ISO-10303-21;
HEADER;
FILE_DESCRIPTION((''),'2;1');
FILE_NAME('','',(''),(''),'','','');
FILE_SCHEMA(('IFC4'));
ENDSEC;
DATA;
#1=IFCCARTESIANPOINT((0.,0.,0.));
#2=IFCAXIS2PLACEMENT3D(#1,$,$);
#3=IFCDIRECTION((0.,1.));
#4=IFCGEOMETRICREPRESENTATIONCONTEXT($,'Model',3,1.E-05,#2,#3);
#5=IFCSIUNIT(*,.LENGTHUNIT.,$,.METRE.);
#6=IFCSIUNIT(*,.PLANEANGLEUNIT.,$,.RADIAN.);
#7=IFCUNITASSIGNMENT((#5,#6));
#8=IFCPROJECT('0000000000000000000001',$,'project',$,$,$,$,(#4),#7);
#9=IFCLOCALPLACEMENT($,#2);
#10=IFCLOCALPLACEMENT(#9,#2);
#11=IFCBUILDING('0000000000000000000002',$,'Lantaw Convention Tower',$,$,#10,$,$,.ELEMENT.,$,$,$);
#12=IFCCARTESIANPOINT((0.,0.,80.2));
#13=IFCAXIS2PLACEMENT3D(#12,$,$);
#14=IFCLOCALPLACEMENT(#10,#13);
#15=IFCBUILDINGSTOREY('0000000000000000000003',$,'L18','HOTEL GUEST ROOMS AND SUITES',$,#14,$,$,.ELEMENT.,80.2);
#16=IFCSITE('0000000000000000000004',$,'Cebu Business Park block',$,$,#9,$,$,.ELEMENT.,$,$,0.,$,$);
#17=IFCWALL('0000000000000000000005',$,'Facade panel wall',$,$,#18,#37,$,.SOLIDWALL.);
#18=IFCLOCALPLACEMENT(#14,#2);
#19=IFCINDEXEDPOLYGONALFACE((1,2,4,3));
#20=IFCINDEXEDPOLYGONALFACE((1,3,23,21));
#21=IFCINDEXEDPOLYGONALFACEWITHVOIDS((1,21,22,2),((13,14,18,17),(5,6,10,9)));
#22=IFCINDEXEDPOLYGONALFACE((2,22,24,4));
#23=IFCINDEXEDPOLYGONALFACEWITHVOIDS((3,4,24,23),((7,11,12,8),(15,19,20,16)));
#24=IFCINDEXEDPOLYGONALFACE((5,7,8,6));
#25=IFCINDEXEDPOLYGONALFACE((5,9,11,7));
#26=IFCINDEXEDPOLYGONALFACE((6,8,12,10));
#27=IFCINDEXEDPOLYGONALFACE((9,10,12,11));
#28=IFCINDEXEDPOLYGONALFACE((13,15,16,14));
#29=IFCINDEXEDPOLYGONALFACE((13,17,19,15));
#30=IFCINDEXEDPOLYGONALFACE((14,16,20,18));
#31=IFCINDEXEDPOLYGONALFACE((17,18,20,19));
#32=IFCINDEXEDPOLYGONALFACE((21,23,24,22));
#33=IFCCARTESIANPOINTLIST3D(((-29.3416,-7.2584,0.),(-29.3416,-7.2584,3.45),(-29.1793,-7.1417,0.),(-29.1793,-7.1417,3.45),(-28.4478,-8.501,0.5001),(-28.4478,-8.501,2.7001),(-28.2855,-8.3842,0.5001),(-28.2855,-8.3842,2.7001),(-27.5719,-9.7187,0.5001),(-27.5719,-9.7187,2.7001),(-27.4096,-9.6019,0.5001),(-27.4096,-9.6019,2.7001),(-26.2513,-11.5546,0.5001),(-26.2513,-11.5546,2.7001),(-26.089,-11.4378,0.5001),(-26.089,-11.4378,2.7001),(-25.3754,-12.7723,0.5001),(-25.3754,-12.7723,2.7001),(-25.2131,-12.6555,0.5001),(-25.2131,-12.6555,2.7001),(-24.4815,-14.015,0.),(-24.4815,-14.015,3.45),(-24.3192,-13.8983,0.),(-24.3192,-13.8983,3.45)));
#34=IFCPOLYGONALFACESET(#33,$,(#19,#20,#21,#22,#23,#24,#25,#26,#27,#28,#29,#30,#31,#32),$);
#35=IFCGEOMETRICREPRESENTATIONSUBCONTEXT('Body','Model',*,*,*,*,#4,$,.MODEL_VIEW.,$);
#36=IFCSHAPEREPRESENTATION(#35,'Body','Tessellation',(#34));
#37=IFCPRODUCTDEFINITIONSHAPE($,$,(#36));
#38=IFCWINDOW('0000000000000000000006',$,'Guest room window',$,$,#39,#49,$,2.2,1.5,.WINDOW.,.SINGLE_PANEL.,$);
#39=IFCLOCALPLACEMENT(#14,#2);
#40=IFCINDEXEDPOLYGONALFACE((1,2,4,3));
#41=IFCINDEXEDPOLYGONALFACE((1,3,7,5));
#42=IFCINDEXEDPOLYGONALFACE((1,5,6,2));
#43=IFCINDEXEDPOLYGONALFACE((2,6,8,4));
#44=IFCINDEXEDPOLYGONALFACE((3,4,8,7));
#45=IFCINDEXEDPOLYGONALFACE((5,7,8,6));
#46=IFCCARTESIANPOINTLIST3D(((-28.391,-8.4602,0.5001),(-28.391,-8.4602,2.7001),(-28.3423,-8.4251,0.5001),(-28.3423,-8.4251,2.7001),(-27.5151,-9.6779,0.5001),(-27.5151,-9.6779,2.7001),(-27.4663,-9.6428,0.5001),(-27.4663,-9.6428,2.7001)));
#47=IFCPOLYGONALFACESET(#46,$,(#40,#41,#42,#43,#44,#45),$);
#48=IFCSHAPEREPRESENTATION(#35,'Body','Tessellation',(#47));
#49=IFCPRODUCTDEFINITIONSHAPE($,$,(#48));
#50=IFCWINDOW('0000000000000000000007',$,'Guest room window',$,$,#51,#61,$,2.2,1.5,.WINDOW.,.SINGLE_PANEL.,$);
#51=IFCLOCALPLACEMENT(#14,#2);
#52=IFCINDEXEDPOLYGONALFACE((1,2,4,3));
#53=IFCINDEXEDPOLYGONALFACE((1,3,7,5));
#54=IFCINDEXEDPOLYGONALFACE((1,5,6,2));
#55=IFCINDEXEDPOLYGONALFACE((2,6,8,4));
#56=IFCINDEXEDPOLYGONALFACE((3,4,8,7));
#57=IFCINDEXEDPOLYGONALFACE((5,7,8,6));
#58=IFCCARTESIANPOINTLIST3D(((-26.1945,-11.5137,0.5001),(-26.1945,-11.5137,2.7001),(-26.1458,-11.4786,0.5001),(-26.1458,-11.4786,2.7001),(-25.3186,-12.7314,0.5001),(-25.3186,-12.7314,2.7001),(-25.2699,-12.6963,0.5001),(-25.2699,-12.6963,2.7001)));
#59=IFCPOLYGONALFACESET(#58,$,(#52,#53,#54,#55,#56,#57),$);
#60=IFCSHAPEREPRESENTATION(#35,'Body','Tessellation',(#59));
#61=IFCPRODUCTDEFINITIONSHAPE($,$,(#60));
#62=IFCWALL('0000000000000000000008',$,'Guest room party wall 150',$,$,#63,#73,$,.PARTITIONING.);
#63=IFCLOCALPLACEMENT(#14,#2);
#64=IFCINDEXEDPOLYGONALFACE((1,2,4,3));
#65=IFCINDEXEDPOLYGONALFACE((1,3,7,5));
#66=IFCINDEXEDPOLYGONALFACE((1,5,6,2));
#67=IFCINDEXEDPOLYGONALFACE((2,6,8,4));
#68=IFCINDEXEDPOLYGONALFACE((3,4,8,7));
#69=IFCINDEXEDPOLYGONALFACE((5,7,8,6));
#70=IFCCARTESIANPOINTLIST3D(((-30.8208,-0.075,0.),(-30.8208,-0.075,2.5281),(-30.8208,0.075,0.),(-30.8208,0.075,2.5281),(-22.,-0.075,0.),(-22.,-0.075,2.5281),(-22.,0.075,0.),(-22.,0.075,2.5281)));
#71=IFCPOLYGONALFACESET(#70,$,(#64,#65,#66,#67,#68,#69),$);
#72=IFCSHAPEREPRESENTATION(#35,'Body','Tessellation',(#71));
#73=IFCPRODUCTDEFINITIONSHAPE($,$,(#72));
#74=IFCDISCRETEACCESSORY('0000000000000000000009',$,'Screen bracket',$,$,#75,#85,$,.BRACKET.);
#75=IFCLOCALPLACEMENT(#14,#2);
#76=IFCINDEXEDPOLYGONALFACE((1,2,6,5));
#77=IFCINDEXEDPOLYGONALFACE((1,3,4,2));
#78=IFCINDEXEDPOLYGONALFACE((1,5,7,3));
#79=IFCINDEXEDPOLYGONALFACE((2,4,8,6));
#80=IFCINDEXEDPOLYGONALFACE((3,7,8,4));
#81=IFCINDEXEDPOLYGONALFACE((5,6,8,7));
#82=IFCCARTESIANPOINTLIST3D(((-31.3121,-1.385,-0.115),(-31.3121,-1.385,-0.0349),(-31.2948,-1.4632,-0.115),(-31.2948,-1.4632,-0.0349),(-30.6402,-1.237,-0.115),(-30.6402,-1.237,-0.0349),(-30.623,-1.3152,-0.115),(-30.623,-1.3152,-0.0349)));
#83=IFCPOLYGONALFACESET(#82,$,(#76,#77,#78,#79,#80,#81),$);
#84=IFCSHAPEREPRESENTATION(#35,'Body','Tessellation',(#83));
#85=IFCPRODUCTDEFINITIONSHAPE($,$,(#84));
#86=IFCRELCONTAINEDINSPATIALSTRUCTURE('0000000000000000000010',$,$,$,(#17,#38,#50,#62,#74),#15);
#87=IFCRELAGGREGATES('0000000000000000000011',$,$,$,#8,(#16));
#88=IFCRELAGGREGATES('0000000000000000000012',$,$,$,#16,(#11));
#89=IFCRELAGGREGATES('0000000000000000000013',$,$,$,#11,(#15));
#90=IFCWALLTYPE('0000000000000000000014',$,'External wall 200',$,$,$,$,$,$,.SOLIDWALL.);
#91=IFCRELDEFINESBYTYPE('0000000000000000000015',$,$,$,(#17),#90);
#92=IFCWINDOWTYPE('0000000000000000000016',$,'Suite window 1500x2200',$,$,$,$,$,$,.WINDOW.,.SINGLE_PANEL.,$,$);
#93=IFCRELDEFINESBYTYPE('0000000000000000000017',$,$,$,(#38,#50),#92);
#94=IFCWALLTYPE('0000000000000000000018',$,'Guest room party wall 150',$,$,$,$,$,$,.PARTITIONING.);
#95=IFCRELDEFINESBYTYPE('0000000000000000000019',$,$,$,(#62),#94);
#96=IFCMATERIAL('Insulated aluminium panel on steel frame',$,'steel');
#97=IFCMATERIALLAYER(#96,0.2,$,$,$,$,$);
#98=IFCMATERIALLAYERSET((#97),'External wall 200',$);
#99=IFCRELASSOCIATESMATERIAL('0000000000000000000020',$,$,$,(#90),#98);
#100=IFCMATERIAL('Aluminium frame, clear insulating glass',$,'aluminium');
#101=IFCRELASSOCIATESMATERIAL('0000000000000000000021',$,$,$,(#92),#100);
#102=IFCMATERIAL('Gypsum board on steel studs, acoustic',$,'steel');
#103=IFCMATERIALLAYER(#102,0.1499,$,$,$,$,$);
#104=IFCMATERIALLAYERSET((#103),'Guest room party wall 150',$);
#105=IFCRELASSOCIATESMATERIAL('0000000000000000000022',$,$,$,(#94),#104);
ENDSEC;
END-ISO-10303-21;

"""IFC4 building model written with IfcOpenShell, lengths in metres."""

from ifc_helpers import new_model, si_unit, direction, frame, frame_2d, origin, origin_2d, place, context, subcontext, project, spatial, rectangle, extrude, material, layer, layer_set, type_object, element, fill, save


model = new_model("IFC4")

# Units and contexts
model_context = context("Model", 3, precision=1e-05, world=origin(), true_north=direction((0.0, 1.0)))
body_context = subcontext(model_context, "Body", "Model", "MODEL_VIEW")
ifc_project = project(units=[si_unit("LENGTHUNIT", "METRE"), si_unit("PLANEANGLEUNIT", "RADIAN")], contexts=[model_context])

# Site, building, storey
site_placement = place(None, origin())
site = spatial("IfcSite", under=ifc_project, at=site_placement, Name="Cebu Business Park block", CompositionType="ELEMENT", RefElevation=0.0)
building_placement = place(site_placement, origin())
building = spatial("IfcBuilding", under=site, at=building_placement, Name="Lantaw Convention Tower", CompositionType="ELEMENT")
storey_placement = place(building_placement, frame((0.0, 0.0, 80.2)))
storey = spatial("IfcBuildingStorey", under=building, at=storey_placement, Name="L18", Description="HOTEL GUEST ROOMS AND SUITES", CompositionType="ELEMENT", Elevation=80.2)

# Wall, openings, windows
ifc_material_1 = material(Name="Insulated aluminium panel on steel frame", Category="steel")
ifc_layer_1 = layer(ifc_material_1, 0.2)
ifc_layer_set_1 = layer_set([ifc_layer_1], Name="External wall 200")
wall_type_1 = type_object("IfcWallType", Name="External wall 200", PredefinedType="SOLIDWALL", material=ifc_layer_set_1)
wall_1_placement = place(storey_placement, frame((-29.2605, -7.2, 0.0), z_axis=(0.0, 0.0, 1.0), x_axis=(0.583938, -0.811799, 0.0)))
wall_1 = element("IfcWall", 1, at=wall_1_placement, inside=storey, type_object=wall_type_1, Name="Facade panel wall", PredefinedType="SOLIDWALL", context=body_context, shape_type="SweptSolid", body=[
    extrude(rectangle(XDim=8.323, YDim=0.2, at=frame_2d((4.1616, 0.0))), origin(), (0.0, 0.0, 1.0), 3.45),
])
opening_1_placement = place(wall_1_placement, frame((1.5308, 0.0, 0.5)))
opening_1 = element("IfcOpeningElement", 2, at=opening_1_placement, cuts=wall_1, PredefinedType="OPENING", context=body_context, shape_type="SweptSolid", body=[
    extrude(rectangle(XDim=1.5, YDim=2.2, at=frame_2d((0.75, 1.1001))), frame((0.0, 0.1099, 0.0), z_axis=(0.0, -1.0, 0.0), x_axis=(1.0, 0.0, 0.0)), (0.0, 0.0, 1.0), 0.22),
])
opening_2_placement = place(wall_1_placement, frame((5.2922, 0.0, 0.5)))
opening_2 = element("IfcOpeningElement", 3, at=opening_2_placement, cuts=wall_1, PredefinedType="OPENING", context=body_context, shape_type="SweptSolid", body=[
    extrude(rectangle(XDim=1.5, YDim=2.2, at=frame_2d((0.75, 1.1001))), frame((0.0, 0.1099, 0.0), z_axis=(0.0, -1.0, 0.0), x_axis=(1.0, 0.0, 0.0)), (0.0, 0.0, 1.0), 0.22),
])
ifc_material_2 = material(Name="Aluminium frame, clear insulating glass", Category="aluminium")
window_type = type_object("IfcWindowType", Name="Suite window 1500x2200", PartitioningType="SINGLE_PANEL", PredefinedType="WINDOW", material=ifc_material_2)
window_1_placement = place(opening_1_placement, origin())
window_1 = element("IfcWindow", 4, at=window_1_placement, inside=storey, type_object=window_type, Name="Guest room window", OverallHeight=2.2, OverallWidth=1.5, PartitioningType="SINGLE_PANEL", PredefinedType="WINDOW", context=body_context, shape_type="SweptSolid", body=[
    extrude(rectangle(XDim=1.5, YDim=2.2, at=frame_2d((0.75, 1.1001))), frame((0.0, 0.03, 0.0), z_axis=(0.0, -1.0, 0.0), x_axis=(1.0, 0.0, 0.0)), (0.0, 0.0, 1.0), 0.0601),
])
fill(opening_1, window_1)
window_2_placement = place(opening_2_placement, origin())
window_2 = element("IfcWindow", 5, at=window_2_placement, inside=storey, type_object=window_type, Name="Guest room window", OverallHeight=2.2, OverallWidth=1.5, PartitioningType="SINGLE_PANEL", PredefinedType="WINDOW", context=body_context, shape_type="SweptSolid", body=[
    extrude(rectangle(XDim=1.5, YDim=2.2, at=frame_2d((0.75, 1.1001))), frame((0.0, 0.03, 0.0), z_axis=(0.0, -1.0, 0.0), x_axis=(1.0, 0.0, 0.0)), (0.0, 0.0, 1.0), 0.0601),
])
fill(opening_2, window_2)

# Wall
ifc_material_3 = material(Name="Gypsum board on steel studs, acoustic", Category="steel")
ifc_layer_2 = layer(ifc_material_3, 0.1499)
ifc_layer_set_2 = layer_set([ifc_layer_2], Name="Guest room party wall 150")
wall_type_2 = type_object("IfcWallType", Name="Guest room party wall 150", PredefinedType="PARTITIONING", material=ifc_layer_set_2)
wall_2_placement = place(storey_placement, frame((-30.8208, 0.0, 0.0), z_axis=(0.0, 0.0, 1.0), x_axis=(1.0, 0.0, 0.0)))
element("IfcWall", 6, at=wall_2_placement, inside=storey, type_object=wall_type_2, Name="Guest room party wall 150", PredefinedType="PARTITIONING", context=body_context, shape_type="SweptSolid", body=[
    extrude(rectangle(XDim=8.8208, YDim=0.1499, at=frame_2d((4.4104, 0.0))), origin(), (0.0, 0.0, 1.0), 2.5281),
])

# Discrete accessory
discrete_accessory_placement = place(storey_placement, frame((-30.9675, -1.3501, -0.115), z_axis=(0.0, 0.0, 1.0), x_axis=(0.215246, -0.97656, 0.0)))
element("IfcDiscreteAccessory", 7, at=discrete_accessory_placement, inside=storey, Name="Screen bracket", PredefinedType="BRACKET", context=body_context, shape_type="SweptSolid", body=[
    extrude(rectangle(XDim=0.0801, YDim=0.688, at=origin_2d()), origin(), (0.0, 0.0, 1.0), 0.0801),
])

save(model, "model.ifc")
